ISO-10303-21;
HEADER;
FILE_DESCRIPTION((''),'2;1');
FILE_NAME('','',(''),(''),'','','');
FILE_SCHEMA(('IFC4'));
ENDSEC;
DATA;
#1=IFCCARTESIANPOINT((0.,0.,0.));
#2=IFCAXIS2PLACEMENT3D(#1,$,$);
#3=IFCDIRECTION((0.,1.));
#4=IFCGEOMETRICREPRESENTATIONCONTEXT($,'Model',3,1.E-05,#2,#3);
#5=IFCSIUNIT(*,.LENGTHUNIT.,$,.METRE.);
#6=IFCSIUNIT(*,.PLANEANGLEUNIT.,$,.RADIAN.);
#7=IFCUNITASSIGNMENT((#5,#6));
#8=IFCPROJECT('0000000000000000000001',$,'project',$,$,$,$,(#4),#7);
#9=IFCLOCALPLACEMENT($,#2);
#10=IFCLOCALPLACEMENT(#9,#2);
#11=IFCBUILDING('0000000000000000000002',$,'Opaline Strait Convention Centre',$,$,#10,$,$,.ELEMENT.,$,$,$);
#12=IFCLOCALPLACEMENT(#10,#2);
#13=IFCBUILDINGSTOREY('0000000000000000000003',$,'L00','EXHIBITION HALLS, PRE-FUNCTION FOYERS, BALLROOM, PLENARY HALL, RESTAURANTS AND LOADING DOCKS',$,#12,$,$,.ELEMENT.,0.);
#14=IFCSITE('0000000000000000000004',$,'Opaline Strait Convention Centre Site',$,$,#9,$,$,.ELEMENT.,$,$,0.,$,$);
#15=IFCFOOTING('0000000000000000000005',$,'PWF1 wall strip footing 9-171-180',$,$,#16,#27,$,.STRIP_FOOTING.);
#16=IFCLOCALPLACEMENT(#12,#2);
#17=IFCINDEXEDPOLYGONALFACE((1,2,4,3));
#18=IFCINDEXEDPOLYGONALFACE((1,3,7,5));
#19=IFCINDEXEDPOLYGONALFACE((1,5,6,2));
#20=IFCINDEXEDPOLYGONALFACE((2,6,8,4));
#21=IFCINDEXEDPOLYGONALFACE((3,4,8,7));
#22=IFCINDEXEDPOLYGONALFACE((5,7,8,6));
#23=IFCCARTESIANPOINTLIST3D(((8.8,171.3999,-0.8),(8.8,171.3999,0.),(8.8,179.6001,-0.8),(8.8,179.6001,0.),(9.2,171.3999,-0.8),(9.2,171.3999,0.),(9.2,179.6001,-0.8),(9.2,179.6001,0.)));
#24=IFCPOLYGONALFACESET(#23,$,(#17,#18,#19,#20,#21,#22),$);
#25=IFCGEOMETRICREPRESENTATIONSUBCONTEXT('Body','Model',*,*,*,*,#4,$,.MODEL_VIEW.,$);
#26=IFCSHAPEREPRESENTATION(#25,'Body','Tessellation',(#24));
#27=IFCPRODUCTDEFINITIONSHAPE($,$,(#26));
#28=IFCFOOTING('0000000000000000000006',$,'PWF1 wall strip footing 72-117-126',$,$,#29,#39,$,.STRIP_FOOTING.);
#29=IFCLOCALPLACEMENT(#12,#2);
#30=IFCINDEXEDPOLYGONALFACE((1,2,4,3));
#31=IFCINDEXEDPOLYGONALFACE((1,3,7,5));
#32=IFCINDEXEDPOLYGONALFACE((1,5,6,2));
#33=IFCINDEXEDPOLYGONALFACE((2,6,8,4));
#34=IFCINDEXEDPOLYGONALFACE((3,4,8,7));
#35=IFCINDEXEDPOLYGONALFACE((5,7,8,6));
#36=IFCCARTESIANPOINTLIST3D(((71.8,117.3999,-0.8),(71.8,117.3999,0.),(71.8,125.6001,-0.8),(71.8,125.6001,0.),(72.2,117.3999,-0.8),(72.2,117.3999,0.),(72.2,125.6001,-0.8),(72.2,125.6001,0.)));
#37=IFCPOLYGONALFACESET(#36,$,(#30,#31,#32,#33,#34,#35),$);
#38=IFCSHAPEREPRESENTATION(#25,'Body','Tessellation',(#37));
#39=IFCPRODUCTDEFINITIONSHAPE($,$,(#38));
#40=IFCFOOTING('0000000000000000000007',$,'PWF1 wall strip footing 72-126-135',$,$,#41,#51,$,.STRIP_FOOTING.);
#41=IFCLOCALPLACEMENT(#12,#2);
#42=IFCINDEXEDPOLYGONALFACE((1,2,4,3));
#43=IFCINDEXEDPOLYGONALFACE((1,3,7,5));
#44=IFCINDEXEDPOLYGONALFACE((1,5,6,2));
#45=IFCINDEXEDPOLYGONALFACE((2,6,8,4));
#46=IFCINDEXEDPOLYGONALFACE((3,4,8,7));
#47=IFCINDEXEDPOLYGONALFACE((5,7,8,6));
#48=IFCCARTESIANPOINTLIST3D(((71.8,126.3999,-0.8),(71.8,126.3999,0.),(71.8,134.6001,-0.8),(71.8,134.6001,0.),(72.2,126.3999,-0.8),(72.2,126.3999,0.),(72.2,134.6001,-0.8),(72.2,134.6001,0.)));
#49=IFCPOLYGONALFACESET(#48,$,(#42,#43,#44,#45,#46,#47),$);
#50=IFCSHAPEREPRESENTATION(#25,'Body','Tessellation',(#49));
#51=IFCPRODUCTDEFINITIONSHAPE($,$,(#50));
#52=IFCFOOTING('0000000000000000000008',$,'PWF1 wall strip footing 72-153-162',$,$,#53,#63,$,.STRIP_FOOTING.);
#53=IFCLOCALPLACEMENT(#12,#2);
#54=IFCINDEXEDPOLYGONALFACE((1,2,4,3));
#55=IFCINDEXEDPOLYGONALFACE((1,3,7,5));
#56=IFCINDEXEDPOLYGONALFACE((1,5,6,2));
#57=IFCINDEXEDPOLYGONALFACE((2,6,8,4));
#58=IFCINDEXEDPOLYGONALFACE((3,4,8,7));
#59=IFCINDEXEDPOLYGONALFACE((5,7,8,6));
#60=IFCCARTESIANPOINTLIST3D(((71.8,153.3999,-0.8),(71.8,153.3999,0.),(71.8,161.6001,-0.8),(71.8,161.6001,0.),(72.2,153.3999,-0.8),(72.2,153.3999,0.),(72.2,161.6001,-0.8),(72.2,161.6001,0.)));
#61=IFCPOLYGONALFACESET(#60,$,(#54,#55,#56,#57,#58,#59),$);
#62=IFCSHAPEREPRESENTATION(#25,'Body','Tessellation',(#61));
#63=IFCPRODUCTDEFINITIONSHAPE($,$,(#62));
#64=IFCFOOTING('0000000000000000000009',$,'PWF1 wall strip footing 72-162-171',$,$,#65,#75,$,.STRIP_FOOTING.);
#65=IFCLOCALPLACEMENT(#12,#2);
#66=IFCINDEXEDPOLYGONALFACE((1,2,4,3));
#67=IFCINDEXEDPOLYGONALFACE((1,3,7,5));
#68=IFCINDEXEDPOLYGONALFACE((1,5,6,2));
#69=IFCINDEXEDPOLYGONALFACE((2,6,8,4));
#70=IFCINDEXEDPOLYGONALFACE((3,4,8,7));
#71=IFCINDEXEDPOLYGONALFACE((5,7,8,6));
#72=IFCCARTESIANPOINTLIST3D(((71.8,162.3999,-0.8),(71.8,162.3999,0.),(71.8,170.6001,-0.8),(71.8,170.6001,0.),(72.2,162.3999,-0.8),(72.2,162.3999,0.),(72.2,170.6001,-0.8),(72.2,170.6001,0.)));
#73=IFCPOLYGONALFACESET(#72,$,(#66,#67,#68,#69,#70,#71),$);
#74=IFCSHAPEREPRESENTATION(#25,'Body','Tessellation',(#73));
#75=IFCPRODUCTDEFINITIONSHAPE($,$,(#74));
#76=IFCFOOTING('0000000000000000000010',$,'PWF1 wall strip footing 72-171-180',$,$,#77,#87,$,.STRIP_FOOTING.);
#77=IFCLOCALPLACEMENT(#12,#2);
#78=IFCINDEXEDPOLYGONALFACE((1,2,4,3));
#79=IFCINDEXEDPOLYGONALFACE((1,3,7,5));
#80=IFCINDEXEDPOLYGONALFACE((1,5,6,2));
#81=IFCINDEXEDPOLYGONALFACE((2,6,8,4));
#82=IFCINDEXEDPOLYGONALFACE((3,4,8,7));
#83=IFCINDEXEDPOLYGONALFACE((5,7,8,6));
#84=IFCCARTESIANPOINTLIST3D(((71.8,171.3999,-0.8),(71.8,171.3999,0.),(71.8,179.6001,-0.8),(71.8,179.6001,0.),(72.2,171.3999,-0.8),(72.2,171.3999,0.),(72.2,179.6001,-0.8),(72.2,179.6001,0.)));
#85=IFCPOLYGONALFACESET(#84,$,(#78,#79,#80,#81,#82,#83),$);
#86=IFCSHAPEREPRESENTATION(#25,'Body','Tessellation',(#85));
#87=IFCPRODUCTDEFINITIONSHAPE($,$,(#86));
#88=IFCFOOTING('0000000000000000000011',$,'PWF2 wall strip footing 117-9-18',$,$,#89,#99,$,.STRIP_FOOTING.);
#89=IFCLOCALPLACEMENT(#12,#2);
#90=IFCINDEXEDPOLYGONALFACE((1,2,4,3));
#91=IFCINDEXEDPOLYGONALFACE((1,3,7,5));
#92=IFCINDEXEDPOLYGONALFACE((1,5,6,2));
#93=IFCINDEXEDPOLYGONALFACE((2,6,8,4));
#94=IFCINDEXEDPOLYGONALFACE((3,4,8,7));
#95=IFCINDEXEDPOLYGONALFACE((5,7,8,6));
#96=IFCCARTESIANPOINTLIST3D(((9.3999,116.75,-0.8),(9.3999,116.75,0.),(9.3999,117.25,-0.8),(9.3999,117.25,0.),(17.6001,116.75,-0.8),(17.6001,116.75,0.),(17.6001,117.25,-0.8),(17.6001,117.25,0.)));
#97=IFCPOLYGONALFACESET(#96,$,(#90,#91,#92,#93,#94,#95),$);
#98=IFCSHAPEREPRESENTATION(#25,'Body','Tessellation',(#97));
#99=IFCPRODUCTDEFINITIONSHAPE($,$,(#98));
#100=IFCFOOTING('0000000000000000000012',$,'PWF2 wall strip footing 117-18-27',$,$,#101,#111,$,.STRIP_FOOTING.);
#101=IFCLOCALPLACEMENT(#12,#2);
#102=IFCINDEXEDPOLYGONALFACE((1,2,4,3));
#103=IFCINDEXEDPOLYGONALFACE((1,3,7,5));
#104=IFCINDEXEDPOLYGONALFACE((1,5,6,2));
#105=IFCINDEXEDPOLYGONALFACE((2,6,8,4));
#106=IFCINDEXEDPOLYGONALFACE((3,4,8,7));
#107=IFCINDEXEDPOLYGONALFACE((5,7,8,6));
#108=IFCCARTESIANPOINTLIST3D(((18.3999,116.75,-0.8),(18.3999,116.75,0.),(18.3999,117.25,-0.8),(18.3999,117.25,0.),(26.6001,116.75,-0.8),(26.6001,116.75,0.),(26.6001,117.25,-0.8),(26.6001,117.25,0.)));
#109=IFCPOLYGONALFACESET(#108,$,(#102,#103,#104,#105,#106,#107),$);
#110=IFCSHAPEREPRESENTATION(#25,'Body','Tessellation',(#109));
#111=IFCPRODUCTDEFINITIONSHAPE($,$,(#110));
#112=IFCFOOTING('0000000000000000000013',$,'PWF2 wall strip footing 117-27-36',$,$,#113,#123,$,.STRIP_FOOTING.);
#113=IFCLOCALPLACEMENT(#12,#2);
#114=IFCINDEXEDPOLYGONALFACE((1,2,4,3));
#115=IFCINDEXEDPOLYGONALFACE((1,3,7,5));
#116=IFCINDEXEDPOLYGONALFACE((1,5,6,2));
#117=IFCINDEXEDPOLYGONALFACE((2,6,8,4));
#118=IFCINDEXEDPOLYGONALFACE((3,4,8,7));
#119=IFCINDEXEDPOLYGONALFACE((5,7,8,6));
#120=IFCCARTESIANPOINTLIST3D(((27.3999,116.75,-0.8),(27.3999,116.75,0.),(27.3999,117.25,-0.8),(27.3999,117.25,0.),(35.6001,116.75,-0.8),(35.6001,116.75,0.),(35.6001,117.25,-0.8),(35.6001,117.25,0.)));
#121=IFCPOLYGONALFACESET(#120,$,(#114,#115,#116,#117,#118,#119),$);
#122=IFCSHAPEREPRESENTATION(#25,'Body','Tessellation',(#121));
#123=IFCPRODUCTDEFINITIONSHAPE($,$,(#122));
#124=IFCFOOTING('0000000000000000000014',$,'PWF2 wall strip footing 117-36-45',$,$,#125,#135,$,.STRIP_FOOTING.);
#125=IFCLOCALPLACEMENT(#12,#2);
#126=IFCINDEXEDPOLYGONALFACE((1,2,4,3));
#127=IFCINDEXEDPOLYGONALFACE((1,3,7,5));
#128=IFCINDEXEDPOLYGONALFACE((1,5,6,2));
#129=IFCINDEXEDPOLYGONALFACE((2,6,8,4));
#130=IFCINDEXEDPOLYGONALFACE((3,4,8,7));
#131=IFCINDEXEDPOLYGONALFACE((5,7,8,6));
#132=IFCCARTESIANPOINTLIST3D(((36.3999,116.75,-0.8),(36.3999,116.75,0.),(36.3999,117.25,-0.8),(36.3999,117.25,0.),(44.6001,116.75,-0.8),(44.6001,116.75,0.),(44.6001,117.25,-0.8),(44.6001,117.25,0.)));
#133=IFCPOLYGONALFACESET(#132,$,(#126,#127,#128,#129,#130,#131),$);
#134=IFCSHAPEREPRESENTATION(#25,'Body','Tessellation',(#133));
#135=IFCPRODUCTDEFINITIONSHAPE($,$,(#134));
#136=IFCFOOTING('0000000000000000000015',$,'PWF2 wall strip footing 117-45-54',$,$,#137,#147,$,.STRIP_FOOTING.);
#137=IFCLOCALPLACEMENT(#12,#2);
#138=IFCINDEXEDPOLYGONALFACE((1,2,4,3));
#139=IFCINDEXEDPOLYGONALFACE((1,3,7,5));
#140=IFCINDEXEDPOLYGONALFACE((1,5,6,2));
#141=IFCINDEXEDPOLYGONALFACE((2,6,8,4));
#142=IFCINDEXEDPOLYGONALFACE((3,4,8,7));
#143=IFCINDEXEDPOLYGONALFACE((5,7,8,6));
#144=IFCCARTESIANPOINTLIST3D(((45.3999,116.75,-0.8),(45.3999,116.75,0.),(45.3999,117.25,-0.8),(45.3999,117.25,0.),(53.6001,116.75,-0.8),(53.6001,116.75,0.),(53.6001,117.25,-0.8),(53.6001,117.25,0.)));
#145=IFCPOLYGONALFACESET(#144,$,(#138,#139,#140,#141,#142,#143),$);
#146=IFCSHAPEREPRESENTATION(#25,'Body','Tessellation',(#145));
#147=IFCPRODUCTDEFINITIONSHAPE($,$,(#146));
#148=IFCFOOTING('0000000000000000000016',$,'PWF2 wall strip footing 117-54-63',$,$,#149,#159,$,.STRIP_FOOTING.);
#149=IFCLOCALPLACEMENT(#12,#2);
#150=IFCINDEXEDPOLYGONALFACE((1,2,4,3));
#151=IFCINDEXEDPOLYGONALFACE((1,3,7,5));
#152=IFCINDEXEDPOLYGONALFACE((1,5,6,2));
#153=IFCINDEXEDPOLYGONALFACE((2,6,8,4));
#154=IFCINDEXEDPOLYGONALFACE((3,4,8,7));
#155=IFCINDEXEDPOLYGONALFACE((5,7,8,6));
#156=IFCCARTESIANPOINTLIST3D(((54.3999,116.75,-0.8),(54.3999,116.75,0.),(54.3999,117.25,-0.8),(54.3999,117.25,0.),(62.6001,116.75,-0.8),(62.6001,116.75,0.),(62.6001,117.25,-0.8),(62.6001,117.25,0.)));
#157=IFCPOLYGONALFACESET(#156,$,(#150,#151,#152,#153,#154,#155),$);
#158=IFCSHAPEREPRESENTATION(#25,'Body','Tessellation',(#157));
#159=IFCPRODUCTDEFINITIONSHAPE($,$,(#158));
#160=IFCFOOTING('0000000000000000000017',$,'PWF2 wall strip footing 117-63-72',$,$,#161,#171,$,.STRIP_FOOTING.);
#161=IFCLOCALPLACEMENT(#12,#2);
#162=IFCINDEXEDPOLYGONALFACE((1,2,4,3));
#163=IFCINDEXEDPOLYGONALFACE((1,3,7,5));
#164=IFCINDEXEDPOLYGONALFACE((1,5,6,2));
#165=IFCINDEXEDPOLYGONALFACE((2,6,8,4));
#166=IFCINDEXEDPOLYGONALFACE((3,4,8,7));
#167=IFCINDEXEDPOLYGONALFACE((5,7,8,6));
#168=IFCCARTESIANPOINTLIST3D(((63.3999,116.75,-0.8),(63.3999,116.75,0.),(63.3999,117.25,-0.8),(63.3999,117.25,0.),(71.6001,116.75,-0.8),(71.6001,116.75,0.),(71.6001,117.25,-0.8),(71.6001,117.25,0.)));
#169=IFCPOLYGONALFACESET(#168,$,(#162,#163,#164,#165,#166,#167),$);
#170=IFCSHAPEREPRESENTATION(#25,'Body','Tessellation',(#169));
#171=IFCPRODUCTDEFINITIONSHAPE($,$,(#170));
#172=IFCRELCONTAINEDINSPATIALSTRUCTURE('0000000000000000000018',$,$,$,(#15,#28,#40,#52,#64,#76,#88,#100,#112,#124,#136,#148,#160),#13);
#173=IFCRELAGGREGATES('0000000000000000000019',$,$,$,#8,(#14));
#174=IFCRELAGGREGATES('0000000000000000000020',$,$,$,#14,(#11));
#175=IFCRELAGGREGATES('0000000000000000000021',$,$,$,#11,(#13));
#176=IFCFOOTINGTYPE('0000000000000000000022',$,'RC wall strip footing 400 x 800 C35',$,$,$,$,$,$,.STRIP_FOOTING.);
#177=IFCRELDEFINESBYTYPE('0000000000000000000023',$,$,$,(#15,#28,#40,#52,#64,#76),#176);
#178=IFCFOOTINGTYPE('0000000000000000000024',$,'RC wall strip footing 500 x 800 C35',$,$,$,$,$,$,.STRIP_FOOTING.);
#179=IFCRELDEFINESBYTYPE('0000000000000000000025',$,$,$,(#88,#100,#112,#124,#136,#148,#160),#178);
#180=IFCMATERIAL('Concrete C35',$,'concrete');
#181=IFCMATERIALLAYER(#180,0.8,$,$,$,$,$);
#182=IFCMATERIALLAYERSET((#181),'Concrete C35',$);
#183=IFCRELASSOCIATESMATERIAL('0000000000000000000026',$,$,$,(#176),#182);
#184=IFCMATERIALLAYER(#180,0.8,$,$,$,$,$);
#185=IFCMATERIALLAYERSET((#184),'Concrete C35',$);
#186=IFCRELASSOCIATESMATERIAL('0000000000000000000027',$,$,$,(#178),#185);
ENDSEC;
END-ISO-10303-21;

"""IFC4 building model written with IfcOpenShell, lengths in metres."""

from ifc_helpers import new_model, si_unit, direction, frame, origin, place, context, subcontext, project, spatial, polyline, outline, extrude, material, layer, layer_set, type_object, element, save


model = new_model("IFC4")

# Units and contexts
model_context = context("Model", 3, precision=1e-05, world=origin(), true_north=direction((0.0, 1.0)))
body_context = subcontext(model_context, "Body", "Model", "MODEL_VIEW")
ifc_project = project(units=[si_unit("LENGTHUNIT", "METRE"), si_unit("PLANEANGLEUNIT", "RADIAN")], contexts=[model_context])

# Site, building, storey
site_placement = place(None, origin())
site = spatial("IfcSite", under=ifc_project, at=site_placement, Name="Opaline Strait Convention Centre Site", CompositionType="ELEMENT", RefElevation=0.0)
building_placement = place(site_placement, origin())
building = spatial("IfcBuilding", under=site, at=building_placement, Name="Opaline Strait Convention Centre", CompositionType="ELEMENT")
storey_placement = place(building_placement, origin())
storey = spatial("IfcBuildingStorey", under=building, at=storey_placement, Name="L00", Description="EXHIBITION HALLS, PRE-FUNCTION FOYERS, BALLROOM, PLENARY HALL, RESTAURANTS AND LOADING DOCKS", CompositionType="ELEMENT", Elevation=0.0)

# Footings
ifc_material_1 = material(Name="Concrete C35", Category="concrete")
ifc_layer_1 = layer(ifc_material_1, 0.8)
ifc_layer_set_1 = layer_set([ifc_layer_1], Name="Concrete C35")
footing_type_1 = type_object("IfcFootingType", Name="RC wall strip footing 400 x 800 C35", PredefinedType="STRIP_FOOTING", material=ifc_layer_set_1)
footing_1_placement = place(storey_placement, frame((0.0, 0.0, -0.8)))
element("IfcFooting", 1, at=footing_1_placement, inside=storey, type_object=footing_type_1, Name="PWF1 wall strip footing 9-171-180", PredefinedType="STRIP_FOOTING", context=body_context, shape_type="SweptSolid", body=[
    extrude(outline(polyline([(8.8, 171.3999), (9.2, 171.3999), (9.2, 179.6001), (8.8, 179.6001), (8.8, 171.3999)])), origin(), (0.0, 0.0, 1.0), 0.8),
])
footing_2_placement = place(storey_placement, frame((0.0, 0.0, -0.8)))
element("IfcFooting", 2, at=footing_2_placement, inside=storey, type_object=footing_type_1, Name="PWF1 wall strip footing 72-117-126", PredefinedType="STRIP_FOOTING", context=body_context, shape_type="SweptSolid", body=[
    extrude(outline(polyline([(71.8, 117.3999), (72.2, 117.3999), (72.2, 125.6001), (71.8, 125.6001), (71.8, 117.3999)])), origin(), (0.0, 0.0, 1.0), 0.8),
])
footing_3_placement = place(storey_placement, frame((0.0, 0.0, -0.8)))
element("IfcFooting", 3, at=footing_3_placement, inside=storey, type_object=footing_type_1, Name="PWF1 wall strip footing 72-126-135", PredefinedType="STRIP_FOOTING", context=body_context, shape_type="SweptSolid", body=[
    extrude(outline(polyline([(71.8, 126.3999), (72.2, 126.3999), (72.2, 134.6001), (71.8, 134.6001), (71.8, 126.3999)])), origin(), (0.0, 0.0, 1.0), 0.8),
])
footing_4_placement = place(storey_placement, frame((0.0, 0.0, -0.8)))
element("IfcFooting", 4, at=footing_4_placement, inside=storey, type_object=footing_type_1, Name="PWF1 wall strip footing 72-153-162", PredefinedType="STRIP_FOOTING", context=body_context, shape_type="SweptSolid", body=[
    extrude(outline(polyline([(71.8, 153.3999), (72.2, 153.3999), (72.2, 161.6001), (71.8, 161.6001), (71.8, 153.3999)])), origin(), (0.0, 0.0, 1.0), 0.8),
])
footing_5_placement = place(storey_placement, frame((0.0, 0.0, -0.8)))
element("IfcFooting", 5, at=footing_5_placement, inside=storey, type_object=footing_type_1, Name="PWF1 wall strip footing 72-162-171", PredefinedType="STRIP_FOOTING", context=body_context, shape_type="SweptSolid", body=[
    extrude(outline(polyline([(71.8, 162.3999), (72.2, 162.3999), (72.2, 170.6001), (71.8, 170.6001), (71.8, 162.3999)])), origin(), (0.0, 0.0, 1.0), 0.8),
])
footing_6_placement = place(storey_placement, frame((0.0, 0.0, -0.8)))
element("IfcFooting", 6, at=footing_6_placement, inside=storey, type_object=footing_type_1, Name="PWF1 wall strip footing 72-171-180", PredefinedType="STRIP_FOOTING", context=body_context, shape_type="SweptSolid", body=[
    extrude(outline(polyline([(71.8, 171.3999), (72.2, 171.3999), (72.2, 179.6001), (71.8, 179.6001), (71.8, 171.3999)])), origin(), (0.0, 0.0, 1.0), 0.8),
])
ifc_layer_2 = layer(ifc_material_1, 0.8)
ifc_layer_set_2 = layer_set([ifc_layer_2], Name="Concrete C35")
footing_type_2 = type_object("IfcFootingType", Name="RC wall strip footing 500 x 800 C35", PredefinedType="STRIP_FOOTING", material=ifc_layer_set_2)
footing_7_placement = place(storey_placement, frame((0.0, 0.0, -0.8)))
element("IfcFooting", 7, at=footing_7_placement, inside=storey, type_object=footing_type_2, Name="PWF2 wall strip footing 117-9-18", PredefinedType="STRIP_FOOTING", context=body_context, shape_type="SweptSolid", body=[
    extrude(outline(polyline([(9.3999, 116.75), (17.6001, 116.75), (17.6001, 117.25), (9.3999, 117.25), (9.3999, 116.75)])), origin(), (0.0, 0.0, 1.0), 0.8),
])
footing_8_placement = place(storey_placement, frame((0.0, 0.0, -0.8)))
element("IfcFooting", 8, at=footing_8_placement, inside=storey, type_object=footing_type_2, Name="PWF2 wall strip footing 117-18-27", PredefinedType="STRIP_FOOTING", context=body_context, shape_type="SweptSolid", body=[
    extrude(outline(polyline([(18.3999, 116.75), (26.6001, 116.75), (26.6001, 117.25), (18.3999, 117.25), (18.3999, 116.75)])), origin(), (0.0, 0.0, 1.0), 0.8),
])
footing_9_placement = place(storey_placement, frame((0.0, 0.0, -0.8)))
element("IfcFooting", 9, at=footing_9_placement, inside=storey, type_object=footing_type_2, Name="PWF2 wall strip footing 117-27-36", PredefinedType="STRIP_FOOTING", context=body_context, shape_type="SweptSolid", body=[
    extrude(outline(polyline([(27.3999, 116.75), (35.6001, 116.75), (35.6001, 117.25), (27.3999, 117.25), (27.3999, 116.75)])), origin(), (0.0, 0.0, 1.0), 0.8),
])
footing_10_placement = place(storey_placement, frame((0.0, 0.0, -0.8)))
element("IfcFooting", 10, at=footing_10_placement, inside=storey, type_object=footing_type_2, Name="PWF2 wall strip footing 117-36-45", PredefinedType="STRIP_FOOTING", context=body_context, shape_type="SweptSolid", body=[
    extrude(outline(polyline([(36.3999, 116.75), (44.6001, 116.75), (44.6001, 117.25), (36.3999, 117.25), (36.3999, 116.75)])), origin(), (0.0, 0.0, 1.0), 0.8),
])
footing_11_placement = place(storey_placement, frame((0.0, 0.0, -0.8)))
element("IfcFooting", 11, at=footing_11_placement, inside=storey, type_object=footing_type_2, Name="PWF2 wall strip footing 117-45-54", PredefinedType="STRIP_FOOTING", context=body_context, shape_type="SweptSolid", body=[
    extrude(outline(polyline([(45.3999, 116.75), (53.6001, 116.75), (53.6001, 117.25), (45.3999, 117.25), (45.3999, 116.75)])), origin(), (0.0, 0.0, 1.0), 0.8),
])
footing_12_placement = place(storey_placement, frame((0.0, 0.0, -0.8)))
element("IfcFooting", 12, at=footing_12_placement, inside=storey, type_object=footing_type_2, Name="PWF2 wall strip footing 117-54-63", PredefinedType="STRIP_FOOTING", context=body_context, shape_type="SweptSolid", body=[
    extrude(outline(polyline([(54.3999, 116.75), (62.6001, 116.75), (62.6001, 117.25), (54.3999, 117.25), (54.3999, 116.75)])), origin(), (0.0, 0.0, 1.0), 0.8),
])
footing_13_placement = place(storey_placement, frame((0.0, 0.0, -0.8)))
element("IfcFooting", 13, at=footing_13_placement, inside=storey, type_object=footing_type_2, Name="PWF2 wall strip footing 117-63-72", PredefinedType="STRIP_FOOTING", context=body_context, shape_type="SweptSolid", body=[
    extrude(outline(polyline([(63.3999, 116.75), (71.6001, 116.75), (71.6001, 117.25), (63.3999, 117.25), (63.3999, 116.75)])), origin(), (0.0, 0.0, 1.0), 0.8),
])

save(model, "model.ifc")
